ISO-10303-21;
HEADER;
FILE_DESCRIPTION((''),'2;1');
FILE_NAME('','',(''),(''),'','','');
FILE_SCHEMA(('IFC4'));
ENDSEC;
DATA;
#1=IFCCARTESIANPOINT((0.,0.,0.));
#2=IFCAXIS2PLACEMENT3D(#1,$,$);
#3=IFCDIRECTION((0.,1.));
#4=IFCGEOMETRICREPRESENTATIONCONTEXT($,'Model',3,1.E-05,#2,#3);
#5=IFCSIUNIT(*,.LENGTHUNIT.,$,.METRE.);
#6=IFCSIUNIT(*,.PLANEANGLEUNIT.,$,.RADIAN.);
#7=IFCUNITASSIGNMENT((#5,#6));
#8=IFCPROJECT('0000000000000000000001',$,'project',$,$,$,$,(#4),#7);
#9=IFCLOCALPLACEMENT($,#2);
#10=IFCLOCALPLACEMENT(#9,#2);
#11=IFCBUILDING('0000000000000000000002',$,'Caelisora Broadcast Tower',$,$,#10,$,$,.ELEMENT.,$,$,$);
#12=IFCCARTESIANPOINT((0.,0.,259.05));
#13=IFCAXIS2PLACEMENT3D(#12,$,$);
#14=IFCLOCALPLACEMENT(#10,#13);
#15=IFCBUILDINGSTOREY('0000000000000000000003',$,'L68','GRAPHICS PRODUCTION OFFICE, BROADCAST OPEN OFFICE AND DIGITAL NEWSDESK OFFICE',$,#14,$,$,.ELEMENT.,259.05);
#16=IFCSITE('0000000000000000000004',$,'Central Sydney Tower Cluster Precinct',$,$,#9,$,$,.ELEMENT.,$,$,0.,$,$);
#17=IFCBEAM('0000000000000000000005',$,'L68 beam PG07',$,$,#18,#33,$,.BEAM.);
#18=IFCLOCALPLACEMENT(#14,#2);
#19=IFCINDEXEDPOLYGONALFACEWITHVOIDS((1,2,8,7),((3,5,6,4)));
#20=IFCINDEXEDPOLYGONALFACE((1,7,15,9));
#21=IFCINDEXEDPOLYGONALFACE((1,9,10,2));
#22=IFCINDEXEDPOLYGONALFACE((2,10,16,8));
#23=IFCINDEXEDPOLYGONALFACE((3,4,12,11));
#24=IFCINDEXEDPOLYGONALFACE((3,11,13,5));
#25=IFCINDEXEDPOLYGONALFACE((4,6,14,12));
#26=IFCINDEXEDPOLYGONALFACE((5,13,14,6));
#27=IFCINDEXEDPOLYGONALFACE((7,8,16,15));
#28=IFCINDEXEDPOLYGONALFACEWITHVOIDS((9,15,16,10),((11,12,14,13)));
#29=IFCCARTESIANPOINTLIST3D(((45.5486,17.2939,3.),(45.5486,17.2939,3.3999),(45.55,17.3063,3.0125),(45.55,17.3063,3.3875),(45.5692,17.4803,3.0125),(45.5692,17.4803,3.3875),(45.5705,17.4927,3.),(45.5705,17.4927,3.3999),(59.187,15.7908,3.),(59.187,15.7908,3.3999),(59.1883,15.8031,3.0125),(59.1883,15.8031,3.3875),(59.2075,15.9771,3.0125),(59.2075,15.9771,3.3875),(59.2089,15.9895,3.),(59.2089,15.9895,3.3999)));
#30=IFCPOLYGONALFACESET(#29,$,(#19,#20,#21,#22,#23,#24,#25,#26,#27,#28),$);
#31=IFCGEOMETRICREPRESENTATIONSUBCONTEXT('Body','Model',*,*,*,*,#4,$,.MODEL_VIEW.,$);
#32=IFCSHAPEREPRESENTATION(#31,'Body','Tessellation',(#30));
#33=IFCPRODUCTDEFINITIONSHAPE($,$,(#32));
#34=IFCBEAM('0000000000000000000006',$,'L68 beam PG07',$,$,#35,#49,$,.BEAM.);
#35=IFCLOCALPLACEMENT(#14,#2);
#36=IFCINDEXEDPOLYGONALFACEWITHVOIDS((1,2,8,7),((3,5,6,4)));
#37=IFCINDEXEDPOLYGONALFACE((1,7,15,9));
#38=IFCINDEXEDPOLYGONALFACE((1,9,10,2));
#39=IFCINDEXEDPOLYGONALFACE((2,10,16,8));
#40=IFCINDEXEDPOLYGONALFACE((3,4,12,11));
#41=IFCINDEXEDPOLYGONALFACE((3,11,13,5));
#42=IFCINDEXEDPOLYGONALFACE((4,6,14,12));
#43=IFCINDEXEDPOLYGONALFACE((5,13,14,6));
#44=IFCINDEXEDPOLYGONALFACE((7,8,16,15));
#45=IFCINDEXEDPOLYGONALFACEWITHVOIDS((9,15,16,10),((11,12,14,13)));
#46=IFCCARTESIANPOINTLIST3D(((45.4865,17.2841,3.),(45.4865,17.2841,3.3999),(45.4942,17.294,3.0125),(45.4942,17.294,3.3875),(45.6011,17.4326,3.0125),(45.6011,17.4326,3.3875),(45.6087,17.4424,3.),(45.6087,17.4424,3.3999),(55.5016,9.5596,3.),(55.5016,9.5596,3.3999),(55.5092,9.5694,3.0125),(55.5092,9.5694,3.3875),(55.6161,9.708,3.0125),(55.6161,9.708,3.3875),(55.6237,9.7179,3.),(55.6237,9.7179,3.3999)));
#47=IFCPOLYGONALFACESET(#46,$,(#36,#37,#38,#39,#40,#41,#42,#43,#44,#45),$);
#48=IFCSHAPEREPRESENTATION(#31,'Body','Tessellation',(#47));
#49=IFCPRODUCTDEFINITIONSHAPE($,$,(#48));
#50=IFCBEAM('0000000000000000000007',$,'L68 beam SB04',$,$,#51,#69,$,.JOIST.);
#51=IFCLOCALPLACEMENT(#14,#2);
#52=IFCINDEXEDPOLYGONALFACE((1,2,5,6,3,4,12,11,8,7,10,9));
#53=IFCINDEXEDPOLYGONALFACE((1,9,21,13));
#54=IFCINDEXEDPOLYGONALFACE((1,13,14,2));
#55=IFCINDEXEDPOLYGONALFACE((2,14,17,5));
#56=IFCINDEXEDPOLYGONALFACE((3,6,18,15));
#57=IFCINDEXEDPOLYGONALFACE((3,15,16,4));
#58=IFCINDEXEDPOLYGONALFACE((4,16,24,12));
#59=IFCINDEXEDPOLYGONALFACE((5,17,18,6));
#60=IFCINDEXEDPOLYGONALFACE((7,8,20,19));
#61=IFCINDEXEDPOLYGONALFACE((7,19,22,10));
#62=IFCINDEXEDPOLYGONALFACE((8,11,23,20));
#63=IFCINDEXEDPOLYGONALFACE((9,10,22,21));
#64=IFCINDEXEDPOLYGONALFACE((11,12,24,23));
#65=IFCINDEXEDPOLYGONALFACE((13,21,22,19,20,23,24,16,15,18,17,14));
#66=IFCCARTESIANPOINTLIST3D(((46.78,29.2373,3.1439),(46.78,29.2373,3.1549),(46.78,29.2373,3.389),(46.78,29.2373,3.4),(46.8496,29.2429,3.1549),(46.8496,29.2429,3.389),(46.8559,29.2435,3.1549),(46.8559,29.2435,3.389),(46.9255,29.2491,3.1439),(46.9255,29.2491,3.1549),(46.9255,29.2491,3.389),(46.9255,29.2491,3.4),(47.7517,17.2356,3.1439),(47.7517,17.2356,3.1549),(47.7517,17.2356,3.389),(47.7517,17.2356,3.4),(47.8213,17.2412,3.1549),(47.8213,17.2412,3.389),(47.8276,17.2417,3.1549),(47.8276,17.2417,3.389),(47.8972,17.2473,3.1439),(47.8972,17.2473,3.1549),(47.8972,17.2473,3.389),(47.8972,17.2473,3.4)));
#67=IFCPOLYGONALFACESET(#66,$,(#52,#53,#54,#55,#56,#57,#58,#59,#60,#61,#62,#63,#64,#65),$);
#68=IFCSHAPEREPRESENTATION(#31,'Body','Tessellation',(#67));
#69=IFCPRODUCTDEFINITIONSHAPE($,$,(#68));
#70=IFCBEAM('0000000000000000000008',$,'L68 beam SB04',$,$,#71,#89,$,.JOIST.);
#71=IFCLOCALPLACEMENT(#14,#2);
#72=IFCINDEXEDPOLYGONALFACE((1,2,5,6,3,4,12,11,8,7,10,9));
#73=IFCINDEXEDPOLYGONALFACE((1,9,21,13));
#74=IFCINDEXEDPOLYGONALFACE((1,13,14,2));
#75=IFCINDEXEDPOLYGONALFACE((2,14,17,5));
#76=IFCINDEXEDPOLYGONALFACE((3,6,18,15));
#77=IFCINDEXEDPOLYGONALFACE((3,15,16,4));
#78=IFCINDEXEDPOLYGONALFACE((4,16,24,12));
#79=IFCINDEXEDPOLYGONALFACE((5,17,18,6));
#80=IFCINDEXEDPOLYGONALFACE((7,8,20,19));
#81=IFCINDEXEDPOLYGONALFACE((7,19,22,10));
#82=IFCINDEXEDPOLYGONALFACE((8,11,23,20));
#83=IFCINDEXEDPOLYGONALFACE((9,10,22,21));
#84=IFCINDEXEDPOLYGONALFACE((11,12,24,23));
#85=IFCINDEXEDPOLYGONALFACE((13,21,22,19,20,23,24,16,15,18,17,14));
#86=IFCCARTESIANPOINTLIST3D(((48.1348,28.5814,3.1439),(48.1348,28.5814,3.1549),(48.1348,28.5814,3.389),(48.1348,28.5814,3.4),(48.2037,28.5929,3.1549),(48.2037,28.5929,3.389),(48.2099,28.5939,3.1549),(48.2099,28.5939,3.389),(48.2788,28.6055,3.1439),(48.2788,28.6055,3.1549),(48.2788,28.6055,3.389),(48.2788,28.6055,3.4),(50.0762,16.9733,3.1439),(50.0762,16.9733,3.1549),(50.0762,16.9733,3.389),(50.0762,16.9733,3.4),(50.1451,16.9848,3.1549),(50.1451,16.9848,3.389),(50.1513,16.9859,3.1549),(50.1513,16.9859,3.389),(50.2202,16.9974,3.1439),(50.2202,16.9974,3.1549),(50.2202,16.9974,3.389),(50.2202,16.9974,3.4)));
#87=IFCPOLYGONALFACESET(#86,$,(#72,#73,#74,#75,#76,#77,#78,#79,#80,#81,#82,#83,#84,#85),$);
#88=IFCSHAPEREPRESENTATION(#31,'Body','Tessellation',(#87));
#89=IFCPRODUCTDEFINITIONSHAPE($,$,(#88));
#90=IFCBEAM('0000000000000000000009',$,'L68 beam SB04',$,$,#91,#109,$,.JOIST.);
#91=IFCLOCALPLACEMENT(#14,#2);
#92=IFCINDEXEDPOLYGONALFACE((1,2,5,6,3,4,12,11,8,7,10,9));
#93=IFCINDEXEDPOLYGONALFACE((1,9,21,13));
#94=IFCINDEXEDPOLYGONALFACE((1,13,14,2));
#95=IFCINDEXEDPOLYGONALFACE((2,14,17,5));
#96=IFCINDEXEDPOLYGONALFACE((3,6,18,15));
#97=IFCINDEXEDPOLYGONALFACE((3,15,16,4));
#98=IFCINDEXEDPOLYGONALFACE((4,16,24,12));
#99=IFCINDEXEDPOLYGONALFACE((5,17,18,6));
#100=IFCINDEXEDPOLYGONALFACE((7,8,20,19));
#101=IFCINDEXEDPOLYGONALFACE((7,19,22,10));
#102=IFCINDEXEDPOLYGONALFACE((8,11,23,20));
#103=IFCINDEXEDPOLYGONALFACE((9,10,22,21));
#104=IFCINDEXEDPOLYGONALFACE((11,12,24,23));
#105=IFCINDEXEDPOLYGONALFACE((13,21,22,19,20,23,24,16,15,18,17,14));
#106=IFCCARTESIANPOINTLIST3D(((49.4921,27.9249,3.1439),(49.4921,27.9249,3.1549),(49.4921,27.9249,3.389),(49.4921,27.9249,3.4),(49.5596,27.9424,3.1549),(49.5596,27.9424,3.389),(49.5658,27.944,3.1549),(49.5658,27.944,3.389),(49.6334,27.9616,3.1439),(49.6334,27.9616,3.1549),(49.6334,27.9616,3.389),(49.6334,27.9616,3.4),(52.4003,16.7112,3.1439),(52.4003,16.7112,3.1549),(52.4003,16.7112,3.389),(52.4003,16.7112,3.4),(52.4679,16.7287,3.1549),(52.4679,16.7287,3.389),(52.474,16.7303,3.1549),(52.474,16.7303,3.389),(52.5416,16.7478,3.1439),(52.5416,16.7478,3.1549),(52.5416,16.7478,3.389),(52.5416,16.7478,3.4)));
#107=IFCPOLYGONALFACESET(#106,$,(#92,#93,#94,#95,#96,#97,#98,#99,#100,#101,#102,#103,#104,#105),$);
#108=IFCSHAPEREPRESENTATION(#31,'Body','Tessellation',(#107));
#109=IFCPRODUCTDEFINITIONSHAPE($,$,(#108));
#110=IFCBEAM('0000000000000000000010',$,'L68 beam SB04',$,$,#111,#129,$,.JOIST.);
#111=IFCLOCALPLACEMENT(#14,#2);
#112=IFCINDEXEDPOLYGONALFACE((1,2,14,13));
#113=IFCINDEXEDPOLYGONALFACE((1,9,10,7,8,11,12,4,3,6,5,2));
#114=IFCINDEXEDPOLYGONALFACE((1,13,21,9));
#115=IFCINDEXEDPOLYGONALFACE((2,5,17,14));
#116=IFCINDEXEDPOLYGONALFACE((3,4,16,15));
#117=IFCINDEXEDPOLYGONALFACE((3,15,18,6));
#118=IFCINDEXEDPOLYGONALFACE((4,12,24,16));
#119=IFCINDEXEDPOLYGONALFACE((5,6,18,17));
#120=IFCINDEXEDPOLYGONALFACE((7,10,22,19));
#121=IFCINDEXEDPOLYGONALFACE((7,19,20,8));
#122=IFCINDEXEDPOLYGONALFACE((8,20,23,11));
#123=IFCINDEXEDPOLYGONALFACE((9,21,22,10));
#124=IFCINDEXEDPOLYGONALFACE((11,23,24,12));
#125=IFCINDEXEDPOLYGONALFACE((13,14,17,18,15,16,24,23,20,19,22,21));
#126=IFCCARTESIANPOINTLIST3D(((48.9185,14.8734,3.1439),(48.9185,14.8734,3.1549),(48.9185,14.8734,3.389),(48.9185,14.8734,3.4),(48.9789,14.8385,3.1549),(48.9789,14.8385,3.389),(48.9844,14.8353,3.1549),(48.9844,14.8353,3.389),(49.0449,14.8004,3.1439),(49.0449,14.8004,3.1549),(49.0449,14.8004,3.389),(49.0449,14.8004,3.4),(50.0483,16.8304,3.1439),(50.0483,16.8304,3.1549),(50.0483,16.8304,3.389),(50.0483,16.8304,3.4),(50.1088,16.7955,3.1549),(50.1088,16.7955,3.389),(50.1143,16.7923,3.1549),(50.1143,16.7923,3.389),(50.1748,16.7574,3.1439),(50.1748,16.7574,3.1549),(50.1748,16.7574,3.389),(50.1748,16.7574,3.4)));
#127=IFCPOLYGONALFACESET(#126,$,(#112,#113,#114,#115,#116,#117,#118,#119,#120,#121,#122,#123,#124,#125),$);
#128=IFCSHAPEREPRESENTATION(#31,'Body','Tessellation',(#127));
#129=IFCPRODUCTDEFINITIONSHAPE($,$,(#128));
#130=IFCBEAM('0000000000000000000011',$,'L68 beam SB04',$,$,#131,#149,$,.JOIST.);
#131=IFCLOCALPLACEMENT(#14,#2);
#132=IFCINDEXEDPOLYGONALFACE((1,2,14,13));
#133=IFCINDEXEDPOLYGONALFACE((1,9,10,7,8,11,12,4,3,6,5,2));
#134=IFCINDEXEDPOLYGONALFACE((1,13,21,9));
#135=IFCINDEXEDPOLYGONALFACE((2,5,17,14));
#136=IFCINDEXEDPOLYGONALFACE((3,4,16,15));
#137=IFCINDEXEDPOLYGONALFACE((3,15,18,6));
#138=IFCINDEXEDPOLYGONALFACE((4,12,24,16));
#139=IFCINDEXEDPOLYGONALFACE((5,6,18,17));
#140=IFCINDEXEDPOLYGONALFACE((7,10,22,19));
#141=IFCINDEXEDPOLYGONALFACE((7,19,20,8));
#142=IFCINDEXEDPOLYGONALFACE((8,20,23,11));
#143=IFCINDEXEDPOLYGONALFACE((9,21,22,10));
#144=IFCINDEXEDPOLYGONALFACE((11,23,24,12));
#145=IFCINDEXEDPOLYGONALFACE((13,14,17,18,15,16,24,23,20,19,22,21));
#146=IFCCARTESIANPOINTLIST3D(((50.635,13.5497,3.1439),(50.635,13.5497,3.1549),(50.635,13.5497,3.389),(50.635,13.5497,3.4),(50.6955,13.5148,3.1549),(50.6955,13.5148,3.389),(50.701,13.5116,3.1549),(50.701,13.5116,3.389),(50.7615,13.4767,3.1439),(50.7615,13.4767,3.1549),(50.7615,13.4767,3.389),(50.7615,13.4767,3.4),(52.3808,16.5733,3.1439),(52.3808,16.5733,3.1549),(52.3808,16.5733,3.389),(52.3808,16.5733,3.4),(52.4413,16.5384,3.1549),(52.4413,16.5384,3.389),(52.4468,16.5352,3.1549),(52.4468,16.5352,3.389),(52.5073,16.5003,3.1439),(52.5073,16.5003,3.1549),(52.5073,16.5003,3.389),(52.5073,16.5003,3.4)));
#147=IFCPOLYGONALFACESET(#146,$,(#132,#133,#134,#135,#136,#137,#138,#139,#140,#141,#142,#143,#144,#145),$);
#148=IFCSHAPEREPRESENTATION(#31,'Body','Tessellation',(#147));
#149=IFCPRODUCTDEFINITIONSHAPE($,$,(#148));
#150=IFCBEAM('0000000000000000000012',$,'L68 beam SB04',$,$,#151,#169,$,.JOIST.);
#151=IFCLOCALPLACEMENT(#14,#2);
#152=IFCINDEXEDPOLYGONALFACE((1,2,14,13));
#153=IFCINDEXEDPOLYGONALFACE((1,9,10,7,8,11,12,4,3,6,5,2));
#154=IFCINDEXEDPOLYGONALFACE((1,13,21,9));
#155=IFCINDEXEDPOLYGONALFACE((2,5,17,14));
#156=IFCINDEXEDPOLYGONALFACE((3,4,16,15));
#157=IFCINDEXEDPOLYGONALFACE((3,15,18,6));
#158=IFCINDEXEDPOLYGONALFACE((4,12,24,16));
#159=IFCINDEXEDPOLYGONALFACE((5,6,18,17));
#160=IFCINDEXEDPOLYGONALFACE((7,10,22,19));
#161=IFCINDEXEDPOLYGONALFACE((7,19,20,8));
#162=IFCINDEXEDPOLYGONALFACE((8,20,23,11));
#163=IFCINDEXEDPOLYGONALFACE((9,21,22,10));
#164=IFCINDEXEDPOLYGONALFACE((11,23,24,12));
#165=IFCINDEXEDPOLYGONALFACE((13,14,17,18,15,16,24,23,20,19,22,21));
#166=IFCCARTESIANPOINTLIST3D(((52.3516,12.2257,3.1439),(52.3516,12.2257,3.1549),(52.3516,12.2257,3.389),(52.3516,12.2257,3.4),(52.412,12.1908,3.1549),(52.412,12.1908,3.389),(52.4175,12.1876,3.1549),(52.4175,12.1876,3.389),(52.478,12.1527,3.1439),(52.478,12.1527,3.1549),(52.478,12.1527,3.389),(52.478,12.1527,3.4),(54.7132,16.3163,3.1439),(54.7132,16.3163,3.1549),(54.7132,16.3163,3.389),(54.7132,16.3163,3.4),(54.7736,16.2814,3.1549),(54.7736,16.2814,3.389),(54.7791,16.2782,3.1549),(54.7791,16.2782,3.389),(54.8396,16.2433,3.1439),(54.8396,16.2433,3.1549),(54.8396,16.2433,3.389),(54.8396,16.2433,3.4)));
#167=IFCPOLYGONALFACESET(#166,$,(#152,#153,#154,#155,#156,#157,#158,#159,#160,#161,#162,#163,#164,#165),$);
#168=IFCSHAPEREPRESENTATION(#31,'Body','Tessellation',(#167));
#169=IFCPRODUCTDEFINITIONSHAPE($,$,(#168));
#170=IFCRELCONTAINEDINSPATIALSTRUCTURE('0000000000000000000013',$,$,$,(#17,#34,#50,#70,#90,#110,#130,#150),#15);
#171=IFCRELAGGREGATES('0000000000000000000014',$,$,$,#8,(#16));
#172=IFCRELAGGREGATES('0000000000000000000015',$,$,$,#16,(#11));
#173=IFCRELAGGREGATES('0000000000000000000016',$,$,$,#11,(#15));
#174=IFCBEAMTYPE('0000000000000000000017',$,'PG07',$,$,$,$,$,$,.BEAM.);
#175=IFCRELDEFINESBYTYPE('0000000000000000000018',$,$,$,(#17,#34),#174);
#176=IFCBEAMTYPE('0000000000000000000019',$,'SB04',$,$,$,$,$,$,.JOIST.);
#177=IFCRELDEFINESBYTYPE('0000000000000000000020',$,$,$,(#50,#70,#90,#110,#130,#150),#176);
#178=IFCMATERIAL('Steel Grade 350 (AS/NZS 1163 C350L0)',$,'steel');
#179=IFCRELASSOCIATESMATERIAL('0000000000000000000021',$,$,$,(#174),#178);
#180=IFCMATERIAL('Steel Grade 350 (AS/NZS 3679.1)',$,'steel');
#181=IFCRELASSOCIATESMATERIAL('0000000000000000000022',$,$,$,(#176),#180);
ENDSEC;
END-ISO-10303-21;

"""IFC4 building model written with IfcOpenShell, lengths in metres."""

from ifc_helpers import new_model, si_unit, direction, frame, origin, origin_2d, place, context, subcontext, project, spatial, hollow_rectangle, i_section, extrude, source, transform, mapped, material, material_profile, profile_set, type_object, type_shapes, element, save


model = new_model("IFC4")

# Units and contexts
model_context = context("Model", 3, precision=1e-05, world=origin(), true_north=direction((0.0, 1.0)))
body_context = subcontext(model_context, "Body", "Model", "MODEL_VIEW")
ifc_project = project(units=[si_unit("LENGTHUNIT", "METRE"), si_unit("PLANEANGLEUNIT", "RADIAN")], contexts=[model_context])

# Site, building, storey
site_placement = place(None, origin())
site = spatial("IfcSite", under=ifc_project, at=site_placement, Name="Central Sydney Tower Cluster Precinct", CompositionType="ELEMENT", RefElevation=0.0)
building_placement = place(site_placement, origin())
building = spatial("IfcBuilding", under=site, at=building_placement, Name="Caelisora Broadcast Tower", CompositionType="ELEMENT")
storey_placement = place(building_placement, frame((0.0, 0.0, 259.05)))
storey = spatial("IfcBuildingStorey", under=building, at=storey_placement, Name="L68", Description="GRAPHICS PRODUCTION OFFICE, BROADCAST OPEN OFFICE AND DIGITAL NEWSDESK OFFICE", CompositionType="ELEMENT", Elevation=259.05)

# Beams
ifc_material_1 = material(Name="Steel Grade 350 (AS/NZS 1163 C350L0)", Category="steel")
ifc_material_profile_1 = material_profile(ifc_material_1, hollow_rectangle(XDim=0.2, YDim=0.3999, WallThickness=0.0125, at=origin_2d()), Name="Steel Grade 350 (AS/NZS 1163 C350L0)")
ifc_profile_set_1 = profile_set([ifc_material_profile_1], Name="Steel Grade 350 (AS/NZS 1163 C350L0)")
beam_type_1 = type_object("IfcBeamType", Name="PG07", PredefinedType="BEAM", material=ifc_profile_set_1)
shared_shape_1 = source(origin(), body_context, "Body", "SweptSolid", [
    extrude(hollow_rectangle(XDim=0.2, YDim=0.3999, WallThickness=0.0125, at=origin_2d()), origin(), (0.0, 0.0, 1.0), 13.7209),
])
beam_1_placement = place(storey_placement, frame((45.5596, 17.3933, 3.2), z_axis=(0.993981, -0.109553, 0.0), x_axis=(0.109553, 0.993981, 0.0)))
element("IfcBeam", 1, at=beam_1_placement, inside=storey, type_object=beam_type_1, Name="L68 beam PG07", PredefinedType="BEAM", context=body_context, shape_type="MappedRepresentation", body=[
    mapped(shared_shape_1, transform((0.0, 0.0, 0.0), scale=1.0)),
])
shared_shape_2 = source(origin(), body_context, "Body", "SweptSolid", [
    extrude(hollow_rectangle(XDim=0.2, YDim=0.3999, WallThickness=0.0125, at=origin_2d()), origin(), (0.0, 0.0, 1.0), 12.6479),
])
type_shapes(beam_type_1, [shared_shape_1, shared_shape_2])
beam_2_placement = place(storey_placement, frame((45.5476, 17.3633, 3.2), z_axis=(0.791834, -0.610736, 0.0), x_axis=(0.610736, 0.791834, 0.0)))
element("IfcBeam", 2, at=beam_2_placement, inside=storey, type_object=beam_type_1, Name="L68 beam PG07", PredefinedType="BEAM", context=body_context, shape_type="MappedRepresentation", body=[
    mapped(shared_shape_2, transform((0.0, 0.0, 0.0), scale=1.0)),
])
ifc_material_2 = material(Name="Steel Grade 350 (AS/NZS 3679.1)", Category="steel")
ifc_material_profile_2 = material_profile(ifc_material_2, i_section(OverallWidth=0.146, OverallDepth=0.2561, WebThickness=0.0063, FlangeThickness=0.011, at=origin_2d()), Name="Steel Grade 350 (AS/NZS 3679.1)")
ifc_profile_set_2 = profile_set([ifc_material_profile_2], Name="Steel Grade 350 (AS/NZS 3679.1)")
beam_type_2 = type_object("IfcBeamType", Name="SB04", PredefinedType="JOIST", material=ifc_profile_set_2)
shared_shape_3 = source(origin(), body_context, "Body", "SweptSolid", [
    extrude(i_section(OverallWidth=0.146, OverallDepth=0.2561, WebThickness=0.0063, FlangeThickness=0.011, at=origin_2d()), origin(), (0.0, 0.0, 1.0), 12.041),
])
beam_3_placement = place(storey_placement, frame((47.8245, 17.2415, 3.272), z_axis=(-0.080698, 0.996739, 0.0), x_axis=(-0.996739, -0.080698, 0.0)))
element("IfcBeam", 3, at=beam_3_placement, inside=storey, type_object=beam_type_2, Name="L68 beam SB04", PredefinedType="JOIST", context=body_context, shape_type="MappedRepresentation", body=[
    mapped(shared_shape_3, transform((0.0, 0.0, 0.0), scale=1.0)),
])
shared_shape_4 = source(origin(), body_context, "Body", "SweptSolid", [
    extrude(i_section(OverallWidth=0.146, OverallDepth=0.2561, WebThickness=0.0063, FlangeThickness=0.011, at=origin_2d()), origin(), (0.0, 0.0, 1.0), 11.7693),
])
beam_4_placement = place(storey_placement, frame((50.1482, 16.9854, 3.272), z_axis=(-0.164954, 0.986301, 0.0), x_axis=(-0.986301, -0.164954, 0.0)))
element("IfcBeam", 4, at=beam_4_placement, inside=storey, type_object=beam_type_2, Name="L68 beam SB04", PredefinedType="JOIST", context=body_context, shape_type="MappedRepresentation", body=[
    mapped(shared_shape_4, transform((0.0, 0.0, 0.0), scale=1.0)),
])
shared_shape_5 = source(origin(), body_context, "Body", "SweptSolid", [
    extrude(i_section(OverallWidth=0.146, OverallDepth=0.2561, WebThickness=0.0063, FlangeThickness=0.011, at=origin_2d()), origin(), (0.0, 0.0, 1.0), 11.5847),
])
beam_5_placement = place(storey_placement, frame((52.4709, 16.7295, 3.272), z_axis=(-0.25104, 0.967977, 0.0), x_axis=(-0.967977, -0.25104, 0.0)))
element("IfcBeam", 5, at=beam_5_placement, inside=storey, type_object=beam_type_2, Name="L68 beam SB04", PredefinedType="JOIST", context=body_context, shape_type="MappedRepresentation", body=[
    mapped(shared_shape_5, transform((0.0, 0.0, 0.0), scale=1.0)),
])
shared_shape_6 = source(origin(), body_context, "Body", "SweptSolid", [
    extrude(i_section(OverallWidth=0.146, OverallDepth=0.2561, WebThickness=0.0063, FlangeThickness=0.011, at=origin_2d()), origin(), (0.0, 0.0, 1.0), 2.2598),
])
beam_6_placement = place(storey_placement, frame((48.9817, 14.8369, 3.272), z_axis=(0.499997, 0.866027, 0.0), x_axis=(-0.866027, 0.499997, 0.0)))
element("IfcBeam", 6, at=beam_6_placement, inside=storey, type_object=beam_type_2, Name="L68 beam SB04", PredefinedType="JOIST", context=body_context, shape_type="MappedRepresentation", body=[
    mapped(shared_shape_6, transform((0.0, 0.0, 0.0), scale=1.0)),
])
shared_shape_7 = source(origin(), body_context, "Body", "SweptSolid", [
    extrude(i_section(OverallWidth=0.146, OverallDepth=0.2561, WebThickness=0.0063, FlangeThickness=0.011, at=origin_2d()), origin(), (0.0, 0.0, 1.0), 3.4915),
])
beam_7_placement = place(storey_placement, frame((50.6982, 13.5132, 3.272), z_axis=(0.500027, 0.86601, 0.0), x_axis=(-0.86601, 0.500027, 0.0)))
element("IfcBeam", 7, at=beam_7_placement, inside=storey, type_object=beam_type_2, Name="L68 beam SB04", PredefinedType="JOIST", context=body_context, shape_type="MappedRepresentation", body=[
    mapped(shared_shape_7, transform((0.0, 0.0, 0.0), scale=1.0)),
])
shared_shape_8 = source(origin(), body_context, "Body", "SweptSolid", [
    extrude(i_section(OverallWidth=0.146, OverallDepth=0.2561, WebThickness=0.0063, FlangeThickness=0.011, at=origin_2d()), origin(), (0.0, 0.0, 1.0), 4.7234),
])
type_shapes(beam_type_2, [shared_shape_3, shared_shape_4, shared_shape_5, shared_shape_6, shared_shape_7, shared_shape_8])
beam_8_placement = place(storey_placement, frame((52.4148, 12.1892, 3.272), z_axis=(0.49998, 0.866037, 0.0), x_axis=(-0.866037, 0.49998, 0.0)))
element("IfcBeam", 8, at=beam_8_placement, inside=storey, type_object=beam_type_2, Name="L68 beam SB04", PredefinedType="JOIST", context=body_context, shape_type="MappedRepresentation", body=[
    mapped(shared_shape_8, transform((0.0, 0.0, 0.0), scale=1.0)),
])

save(model, "model.ifc")
